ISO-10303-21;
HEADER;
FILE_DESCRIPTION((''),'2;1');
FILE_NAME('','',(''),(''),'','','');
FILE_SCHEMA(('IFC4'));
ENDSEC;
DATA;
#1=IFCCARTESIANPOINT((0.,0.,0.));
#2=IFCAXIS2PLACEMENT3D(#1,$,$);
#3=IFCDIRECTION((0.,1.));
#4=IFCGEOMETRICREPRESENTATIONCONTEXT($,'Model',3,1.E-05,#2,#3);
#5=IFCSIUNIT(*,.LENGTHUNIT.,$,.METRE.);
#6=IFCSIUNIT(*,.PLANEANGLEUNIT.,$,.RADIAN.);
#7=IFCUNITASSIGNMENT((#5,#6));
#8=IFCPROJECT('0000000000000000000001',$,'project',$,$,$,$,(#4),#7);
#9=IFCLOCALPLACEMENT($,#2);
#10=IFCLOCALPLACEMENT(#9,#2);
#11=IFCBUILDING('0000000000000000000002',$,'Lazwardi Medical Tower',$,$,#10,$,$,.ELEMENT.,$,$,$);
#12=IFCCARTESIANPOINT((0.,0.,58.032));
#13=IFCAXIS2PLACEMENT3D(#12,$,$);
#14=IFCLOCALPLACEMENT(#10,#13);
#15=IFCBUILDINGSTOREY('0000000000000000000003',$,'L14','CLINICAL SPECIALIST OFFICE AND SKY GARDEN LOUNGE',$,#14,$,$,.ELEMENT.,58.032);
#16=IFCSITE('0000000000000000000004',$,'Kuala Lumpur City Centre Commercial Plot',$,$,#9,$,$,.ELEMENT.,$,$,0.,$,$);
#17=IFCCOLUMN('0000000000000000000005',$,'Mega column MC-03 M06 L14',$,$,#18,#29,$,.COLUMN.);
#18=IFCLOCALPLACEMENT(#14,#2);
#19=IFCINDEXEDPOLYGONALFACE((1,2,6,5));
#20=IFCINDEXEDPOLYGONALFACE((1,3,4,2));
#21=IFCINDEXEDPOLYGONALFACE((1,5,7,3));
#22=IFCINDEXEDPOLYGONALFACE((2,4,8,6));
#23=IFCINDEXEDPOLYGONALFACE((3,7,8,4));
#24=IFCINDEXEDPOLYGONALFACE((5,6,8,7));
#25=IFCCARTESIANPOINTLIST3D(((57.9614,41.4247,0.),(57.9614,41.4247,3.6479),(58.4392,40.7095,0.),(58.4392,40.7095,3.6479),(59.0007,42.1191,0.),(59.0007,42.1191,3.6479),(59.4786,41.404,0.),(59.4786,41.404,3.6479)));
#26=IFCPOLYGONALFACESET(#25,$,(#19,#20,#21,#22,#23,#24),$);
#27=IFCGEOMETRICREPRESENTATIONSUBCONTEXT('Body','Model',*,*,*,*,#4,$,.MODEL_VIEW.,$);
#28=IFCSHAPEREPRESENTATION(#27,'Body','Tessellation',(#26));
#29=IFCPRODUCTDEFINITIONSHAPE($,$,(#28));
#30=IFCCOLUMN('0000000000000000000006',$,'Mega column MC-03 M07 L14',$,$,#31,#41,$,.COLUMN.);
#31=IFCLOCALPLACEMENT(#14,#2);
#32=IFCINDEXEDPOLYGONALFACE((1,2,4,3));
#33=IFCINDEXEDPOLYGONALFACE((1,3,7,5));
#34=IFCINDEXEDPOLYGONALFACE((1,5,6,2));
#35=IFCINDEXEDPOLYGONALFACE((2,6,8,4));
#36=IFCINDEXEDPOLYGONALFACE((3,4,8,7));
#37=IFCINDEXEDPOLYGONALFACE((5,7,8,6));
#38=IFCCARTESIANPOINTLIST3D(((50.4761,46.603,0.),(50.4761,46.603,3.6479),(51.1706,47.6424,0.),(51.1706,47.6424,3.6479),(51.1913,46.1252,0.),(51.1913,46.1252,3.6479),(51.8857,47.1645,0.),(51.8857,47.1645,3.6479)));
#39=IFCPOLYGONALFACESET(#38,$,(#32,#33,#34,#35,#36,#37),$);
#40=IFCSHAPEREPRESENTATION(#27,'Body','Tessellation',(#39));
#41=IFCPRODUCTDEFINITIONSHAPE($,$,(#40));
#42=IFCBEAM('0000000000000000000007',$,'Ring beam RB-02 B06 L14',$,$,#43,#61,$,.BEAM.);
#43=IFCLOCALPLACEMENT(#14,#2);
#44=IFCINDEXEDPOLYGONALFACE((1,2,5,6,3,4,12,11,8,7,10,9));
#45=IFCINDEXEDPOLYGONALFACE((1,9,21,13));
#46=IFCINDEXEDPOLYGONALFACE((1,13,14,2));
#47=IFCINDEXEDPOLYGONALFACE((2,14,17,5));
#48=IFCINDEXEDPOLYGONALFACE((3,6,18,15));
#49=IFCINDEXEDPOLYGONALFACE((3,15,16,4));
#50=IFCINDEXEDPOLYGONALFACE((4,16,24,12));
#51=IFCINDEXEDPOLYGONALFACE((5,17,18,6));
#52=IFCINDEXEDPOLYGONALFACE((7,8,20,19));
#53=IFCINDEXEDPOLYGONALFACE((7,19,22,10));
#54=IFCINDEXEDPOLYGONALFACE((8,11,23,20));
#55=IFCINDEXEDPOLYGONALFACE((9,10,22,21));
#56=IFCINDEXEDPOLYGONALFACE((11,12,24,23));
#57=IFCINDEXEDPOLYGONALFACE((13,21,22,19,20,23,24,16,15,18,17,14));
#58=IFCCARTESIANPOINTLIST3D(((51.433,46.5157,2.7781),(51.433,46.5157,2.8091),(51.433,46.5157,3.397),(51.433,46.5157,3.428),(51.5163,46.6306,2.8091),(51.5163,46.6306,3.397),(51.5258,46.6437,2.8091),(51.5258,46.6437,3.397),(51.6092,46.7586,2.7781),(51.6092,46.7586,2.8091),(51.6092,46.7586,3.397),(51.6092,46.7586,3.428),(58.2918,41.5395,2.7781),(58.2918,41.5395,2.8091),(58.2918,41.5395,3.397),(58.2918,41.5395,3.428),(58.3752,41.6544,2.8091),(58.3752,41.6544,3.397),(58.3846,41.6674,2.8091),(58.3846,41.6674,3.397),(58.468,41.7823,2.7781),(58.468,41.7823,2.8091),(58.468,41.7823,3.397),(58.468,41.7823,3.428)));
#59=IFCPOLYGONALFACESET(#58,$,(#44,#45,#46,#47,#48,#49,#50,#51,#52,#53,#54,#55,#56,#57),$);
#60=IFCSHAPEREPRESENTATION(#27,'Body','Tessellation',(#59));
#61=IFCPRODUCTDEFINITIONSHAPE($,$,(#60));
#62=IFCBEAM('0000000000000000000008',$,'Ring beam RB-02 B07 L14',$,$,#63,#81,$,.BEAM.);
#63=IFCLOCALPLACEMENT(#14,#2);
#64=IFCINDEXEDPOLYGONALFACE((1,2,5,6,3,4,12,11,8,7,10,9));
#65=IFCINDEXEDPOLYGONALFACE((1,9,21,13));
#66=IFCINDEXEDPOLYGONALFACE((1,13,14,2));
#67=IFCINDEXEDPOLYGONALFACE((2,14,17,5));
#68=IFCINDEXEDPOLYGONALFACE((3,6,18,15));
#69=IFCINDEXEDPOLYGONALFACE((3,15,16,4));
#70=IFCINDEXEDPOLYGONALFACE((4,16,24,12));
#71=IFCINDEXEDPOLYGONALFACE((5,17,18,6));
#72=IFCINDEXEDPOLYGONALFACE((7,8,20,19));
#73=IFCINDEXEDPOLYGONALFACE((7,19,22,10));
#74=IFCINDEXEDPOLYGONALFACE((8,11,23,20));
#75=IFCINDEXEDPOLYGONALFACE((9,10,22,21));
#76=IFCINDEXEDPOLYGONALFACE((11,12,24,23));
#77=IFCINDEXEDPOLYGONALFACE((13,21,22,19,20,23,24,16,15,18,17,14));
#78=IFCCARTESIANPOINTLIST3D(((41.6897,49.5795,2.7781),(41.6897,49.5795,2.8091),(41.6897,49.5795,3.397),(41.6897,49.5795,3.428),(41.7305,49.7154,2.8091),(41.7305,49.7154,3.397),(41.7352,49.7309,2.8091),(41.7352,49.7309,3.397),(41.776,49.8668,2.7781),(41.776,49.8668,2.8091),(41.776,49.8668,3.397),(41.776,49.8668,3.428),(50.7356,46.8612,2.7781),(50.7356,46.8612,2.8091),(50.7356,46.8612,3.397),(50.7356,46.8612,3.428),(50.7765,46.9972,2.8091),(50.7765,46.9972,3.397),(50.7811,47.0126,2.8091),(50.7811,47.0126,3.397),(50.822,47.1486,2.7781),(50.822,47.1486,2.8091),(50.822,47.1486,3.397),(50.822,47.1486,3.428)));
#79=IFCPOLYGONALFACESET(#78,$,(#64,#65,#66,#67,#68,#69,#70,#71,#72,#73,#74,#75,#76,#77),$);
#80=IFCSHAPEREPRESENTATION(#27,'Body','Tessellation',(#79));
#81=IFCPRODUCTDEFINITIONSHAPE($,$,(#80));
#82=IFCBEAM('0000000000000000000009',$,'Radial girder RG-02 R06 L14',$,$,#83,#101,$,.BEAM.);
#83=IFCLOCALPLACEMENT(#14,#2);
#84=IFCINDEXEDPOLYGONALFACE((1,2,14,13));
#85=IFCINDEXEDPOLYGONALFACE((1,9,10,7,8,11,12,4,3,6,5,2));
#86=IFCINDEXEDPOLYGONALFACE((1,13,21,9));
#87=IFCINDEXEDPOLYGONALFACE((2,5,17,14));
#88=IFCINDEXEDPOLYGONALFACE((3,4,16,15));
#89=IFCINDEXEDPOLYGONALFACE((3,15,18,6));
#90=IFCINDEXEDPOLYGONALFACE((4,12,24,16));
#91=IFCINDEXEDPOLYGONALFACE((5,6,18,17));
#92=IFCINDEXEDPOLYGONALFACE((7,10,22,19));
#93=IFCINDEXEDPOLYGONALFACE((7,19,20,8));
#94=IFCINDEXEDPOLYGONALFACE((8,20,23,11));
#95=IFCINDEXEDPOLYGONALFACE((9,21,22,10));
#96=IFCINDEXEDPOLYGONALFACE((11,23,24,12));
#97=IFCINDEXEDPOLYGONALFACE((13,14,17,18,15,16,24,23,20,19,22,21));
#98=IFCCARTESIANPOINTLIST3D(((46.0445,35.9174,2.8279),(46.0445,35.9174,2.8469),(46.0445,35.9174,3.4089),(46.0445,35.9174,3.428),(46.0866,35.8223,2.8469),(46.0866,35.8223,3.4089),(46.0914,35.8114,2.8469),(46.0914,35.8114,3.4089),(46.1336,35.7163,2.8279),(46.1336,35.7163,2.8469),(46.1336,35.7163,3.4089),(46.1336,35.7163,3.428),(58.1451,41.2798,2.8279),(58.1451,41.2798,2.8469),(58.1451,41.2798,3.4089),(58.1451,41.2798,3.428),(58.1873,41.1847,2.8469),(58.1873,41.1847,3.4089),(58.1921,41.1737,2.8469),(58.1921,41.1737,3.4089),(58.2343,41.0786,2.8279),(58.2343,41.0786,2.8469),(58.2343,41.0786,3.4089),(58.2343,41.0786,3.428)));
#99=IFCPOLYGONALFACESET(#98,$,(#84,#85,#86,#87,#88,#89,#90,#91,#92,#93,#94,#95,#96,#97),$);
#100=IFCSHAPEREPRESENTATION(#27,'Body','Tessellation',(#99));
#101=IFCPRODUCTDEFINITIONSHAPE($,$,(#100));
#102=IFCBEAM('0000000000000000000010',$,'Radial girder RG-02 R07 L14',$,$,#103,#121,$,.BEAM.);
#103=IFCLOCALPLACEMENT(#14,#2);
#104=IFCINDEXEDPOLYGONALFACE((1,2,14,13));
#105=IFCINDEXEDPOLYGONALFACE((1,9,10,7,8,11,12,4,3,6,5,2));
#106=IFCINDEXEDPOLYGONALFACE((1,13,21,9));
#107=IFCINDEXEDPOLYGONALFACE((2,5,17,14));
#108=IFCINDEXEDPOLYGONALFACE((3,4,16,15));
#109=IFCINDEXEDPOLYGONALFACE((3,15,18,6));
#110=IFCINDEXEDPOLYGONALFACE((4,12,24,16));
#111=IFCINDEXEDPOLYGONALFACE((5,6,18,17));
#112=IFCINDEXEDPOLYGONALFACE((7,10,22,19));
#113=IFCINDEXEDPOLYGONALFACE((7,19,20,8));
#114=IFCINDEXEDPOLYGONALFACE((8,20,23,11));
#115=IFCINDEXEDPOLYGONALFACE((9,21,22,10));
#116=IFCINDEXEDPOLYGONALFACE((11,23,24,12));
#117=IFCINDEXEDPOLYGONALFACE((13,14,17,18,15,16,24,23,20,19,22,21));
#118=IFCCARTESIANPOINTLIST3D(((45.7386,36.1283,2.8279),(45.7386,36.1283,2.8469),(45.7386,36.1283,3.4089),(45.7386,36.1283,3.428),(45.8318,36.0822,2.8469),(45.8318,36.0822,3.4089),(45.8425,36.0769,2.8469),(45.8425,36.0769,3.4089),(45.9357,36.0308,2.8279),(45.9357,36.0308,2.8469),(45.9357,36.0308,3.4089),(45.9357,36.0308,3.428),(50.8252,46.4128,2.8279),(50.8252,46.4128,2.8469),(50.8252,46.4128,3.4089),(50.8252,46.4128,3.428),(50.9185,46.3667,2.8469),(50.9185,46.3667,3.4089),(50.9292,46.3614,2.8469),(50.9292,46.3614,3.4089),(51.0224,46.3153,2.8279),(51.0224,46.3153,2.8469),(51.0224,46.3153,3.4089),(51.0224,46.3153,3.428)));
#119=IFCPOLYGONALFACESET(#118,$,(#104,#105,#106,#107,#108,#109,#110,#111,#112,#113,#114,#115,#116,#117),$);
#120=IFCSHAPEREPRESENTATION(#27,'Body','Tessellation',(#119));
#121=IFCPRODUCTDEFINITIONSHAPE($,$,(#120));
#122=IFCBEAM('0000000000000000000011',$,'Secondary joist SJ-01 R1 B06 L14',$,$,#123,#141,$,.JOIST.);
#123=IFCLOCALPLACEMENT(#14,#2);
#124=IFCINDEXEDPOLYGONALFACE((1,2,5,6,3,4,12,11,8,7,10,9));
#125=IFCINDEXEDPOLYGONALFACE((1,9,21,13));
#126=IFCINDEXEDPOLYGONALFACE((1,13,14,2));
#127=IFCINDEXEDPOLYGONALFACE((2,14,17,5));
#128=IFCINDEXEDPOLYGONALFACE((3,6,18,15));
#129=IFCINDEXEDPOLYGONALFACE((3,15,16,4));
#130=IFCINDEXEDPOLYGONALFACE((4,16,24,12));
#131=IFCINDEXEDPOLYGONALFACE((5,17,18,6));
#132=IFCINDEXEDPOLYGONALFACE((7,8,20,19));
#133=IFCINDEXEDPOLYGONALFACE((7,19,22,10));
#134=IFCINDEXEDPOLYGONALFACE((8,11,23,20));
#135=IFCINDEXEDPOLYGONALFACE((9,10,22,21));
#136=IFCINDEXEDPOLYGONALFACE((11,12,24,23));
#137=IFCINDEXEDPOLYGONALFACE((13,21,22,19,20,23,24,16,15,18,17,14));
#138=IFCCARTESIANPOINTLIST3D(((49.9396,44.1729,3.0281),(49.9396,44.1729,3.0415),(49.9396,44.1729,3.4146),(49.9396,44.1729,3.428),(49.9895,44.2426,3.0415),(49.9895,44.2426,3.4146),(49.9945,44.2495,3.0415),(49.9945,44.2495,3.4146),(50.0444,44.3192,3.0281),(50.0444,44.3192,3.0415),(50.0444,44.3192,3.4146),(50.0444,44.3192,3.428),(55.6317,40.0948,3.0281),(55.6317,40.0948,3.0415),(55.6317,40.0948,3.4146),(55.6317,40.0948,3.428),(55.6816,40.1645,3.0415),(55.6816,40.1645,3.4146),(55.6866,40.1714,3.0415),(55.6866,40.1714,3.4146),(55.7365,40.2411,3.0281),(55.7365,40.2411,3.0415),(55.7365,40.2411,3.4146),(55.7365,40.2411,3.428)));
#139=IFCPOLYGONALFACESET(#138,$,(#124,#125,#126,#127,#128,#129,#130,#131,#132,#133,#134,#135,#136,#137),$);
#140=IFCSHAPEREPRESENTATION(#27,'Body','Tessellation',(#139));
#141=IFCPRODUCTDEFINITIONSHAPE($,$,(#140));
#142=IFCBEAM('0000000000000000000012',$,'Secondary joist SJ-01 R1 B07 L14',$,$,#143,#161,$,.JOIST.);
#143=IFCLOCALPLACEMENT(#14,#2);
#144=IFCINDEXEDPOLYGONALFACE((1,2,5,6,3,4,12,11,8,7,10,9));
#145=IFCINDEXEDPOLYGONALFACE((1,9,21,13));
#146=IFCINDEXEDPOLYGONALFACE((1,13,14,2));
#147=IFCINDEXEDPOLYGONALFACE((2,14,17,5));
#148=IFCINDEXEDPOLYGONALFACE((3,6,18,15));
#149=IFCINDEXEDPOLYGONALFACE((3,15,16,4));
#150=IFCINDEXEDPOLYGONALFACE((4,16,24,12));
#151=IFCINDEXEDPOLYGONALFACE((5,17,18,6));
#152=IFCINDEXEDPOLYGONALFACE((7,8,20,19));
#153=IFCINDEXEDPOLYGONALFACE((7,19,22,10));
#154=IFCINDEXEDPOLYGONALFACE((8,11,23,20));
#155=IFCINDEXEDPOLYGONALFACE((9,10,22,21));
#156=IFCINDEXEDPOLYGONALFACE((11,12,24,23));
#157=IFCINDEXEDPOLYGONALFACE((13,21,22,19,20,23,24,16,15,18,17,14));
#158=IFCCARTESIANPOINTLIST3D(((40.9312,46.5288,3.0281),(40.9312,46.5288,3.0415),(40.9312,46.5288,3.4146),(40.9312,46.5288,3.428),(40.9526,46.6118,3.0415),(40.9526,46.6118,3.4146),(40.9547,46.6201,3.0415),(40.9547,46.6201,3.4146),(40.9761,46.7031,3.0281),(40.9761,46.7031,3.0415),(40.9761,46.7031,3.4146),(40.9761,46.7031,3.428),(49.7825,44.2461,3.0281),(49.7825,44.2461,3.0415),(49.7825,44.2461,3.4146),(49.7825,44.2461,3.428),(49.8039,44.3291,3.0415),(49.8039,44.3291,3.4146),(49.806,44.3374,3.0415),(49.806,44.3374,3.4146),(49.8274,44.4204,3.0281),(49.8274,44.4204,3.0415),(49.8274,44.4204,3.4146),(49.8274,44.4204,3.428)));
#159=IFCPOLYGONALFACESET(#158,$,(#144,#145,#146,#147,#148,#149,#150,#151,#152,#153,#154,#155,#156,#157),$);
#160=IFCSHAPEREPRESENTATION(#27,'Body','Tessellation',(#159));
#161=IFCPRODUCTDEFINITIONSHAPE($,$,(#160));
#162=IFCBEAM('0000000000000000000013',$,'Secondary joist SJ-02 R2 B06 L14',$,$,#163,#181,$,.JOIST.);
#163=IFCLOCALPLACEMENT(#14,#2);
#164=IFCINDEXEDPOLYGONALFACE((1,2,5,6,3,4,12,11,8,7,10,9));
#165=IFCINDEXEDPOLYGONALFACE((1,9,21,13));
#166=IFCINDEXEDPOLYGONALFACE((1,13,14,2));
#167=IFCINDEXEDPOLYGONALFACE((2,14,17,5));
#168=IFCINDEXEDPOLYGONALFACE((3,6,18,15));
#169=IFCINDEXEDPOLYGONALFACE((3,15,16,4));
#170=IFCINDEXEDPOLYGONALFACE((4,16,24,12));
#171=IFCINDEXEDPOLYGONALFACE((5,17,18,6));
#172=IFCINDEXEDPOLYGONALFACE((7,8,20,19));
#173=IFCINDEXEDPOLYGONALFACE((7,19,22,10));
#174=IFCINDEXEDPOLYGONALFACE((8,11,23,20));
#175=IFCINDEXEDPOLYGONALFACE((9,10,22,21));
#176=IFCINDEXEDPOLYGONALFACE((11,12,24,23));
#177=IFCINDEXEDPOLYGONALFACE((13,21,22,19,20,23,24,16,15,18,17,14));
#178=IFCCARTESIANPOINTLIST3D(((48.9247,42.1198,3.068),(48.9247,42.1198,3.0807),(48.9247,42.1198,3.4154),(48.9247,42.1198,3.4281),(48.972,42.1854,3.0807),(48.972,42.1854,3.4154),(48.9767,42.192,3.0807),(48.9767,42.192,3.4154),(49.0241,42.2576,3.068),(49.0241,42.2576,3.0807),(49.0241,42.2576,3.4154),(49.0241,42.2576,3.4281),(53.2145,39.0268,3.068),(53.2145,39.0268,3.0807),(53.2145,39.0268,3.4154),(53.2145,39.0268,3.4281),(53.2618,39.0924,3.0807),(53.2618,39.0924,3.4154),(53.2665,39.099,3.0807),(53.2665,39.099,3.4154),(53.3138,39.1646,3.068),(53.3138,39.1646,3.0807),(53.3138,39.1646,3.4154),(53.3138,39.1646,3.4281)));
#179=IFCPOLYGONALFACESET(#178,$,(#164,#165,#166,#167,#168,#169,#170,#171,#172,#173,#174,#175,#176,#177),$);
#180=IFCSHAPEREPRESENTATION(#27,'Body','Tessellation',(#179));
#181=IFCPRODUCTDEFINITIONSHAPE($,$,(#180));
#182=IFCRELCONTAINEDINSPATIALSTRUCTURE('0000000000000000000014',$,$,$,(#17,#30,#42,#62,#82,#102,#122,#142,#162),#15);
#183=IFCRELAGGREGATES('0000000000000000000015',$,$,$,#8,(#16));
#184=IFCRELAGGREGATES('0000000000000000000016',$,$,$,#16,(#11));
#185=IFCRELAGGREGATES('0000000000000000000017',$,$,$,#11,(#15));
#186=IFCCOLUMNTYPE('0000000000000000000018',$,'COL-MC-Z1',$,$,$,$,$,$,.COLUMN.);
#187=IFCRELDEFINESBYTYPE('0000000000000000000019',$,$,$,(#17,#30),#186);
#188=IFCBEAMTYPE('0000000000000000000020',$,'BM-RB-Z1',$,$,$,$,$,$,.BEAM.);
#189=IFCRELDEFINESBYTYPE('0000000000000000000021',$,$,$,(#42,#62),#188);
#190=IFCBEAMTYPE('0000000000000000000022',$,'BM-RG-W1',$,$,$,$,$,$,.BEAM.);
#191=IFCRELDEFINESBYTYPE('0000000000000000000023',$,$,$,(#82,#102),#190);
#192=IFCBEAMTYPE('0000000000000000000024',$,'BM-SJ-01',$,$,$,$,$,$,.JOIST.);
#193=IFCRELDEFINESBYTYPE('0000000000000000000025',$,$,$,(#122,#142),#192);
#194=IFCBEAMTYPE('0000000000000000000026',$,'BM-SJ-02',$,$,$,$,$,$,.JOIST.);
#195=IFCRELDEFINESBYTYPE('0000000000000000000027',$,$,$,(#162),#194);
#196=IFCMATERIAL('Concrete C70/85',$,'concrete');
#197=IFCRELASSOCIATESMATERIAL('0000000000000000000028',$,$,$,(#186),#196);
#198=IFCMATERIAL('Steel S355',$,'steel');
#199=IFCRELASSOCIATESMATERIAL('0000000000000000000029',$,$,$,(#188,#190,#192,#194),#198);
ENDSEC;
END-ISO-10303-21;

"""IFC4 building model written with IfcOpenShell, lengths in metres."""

from ifc_helpers import new_model, si_unit, direction, frame, origin, origin_2d, place, context, subcontext, project, spatial, rectangle, i_section, extrude, material, material_profile, profile_set, type_object, element, save


model = new_model("IFC4")

# Units and contexts
model_context = context("Model", 3, precision=1e-05, world=origin(), true_north=direction((0.0, 1.0)))
body_context = subcontext(model_context, "Body", "Model", "MODEL_VIEW")
ifc_project = project(units=[si_unit("LENGTHUNIT", "METRE"), si_unit("PLANEANGLEUNIT", "RADIAN")], contexts=[model_context])

# Site, building, storey
site_placement = place(None, origin())
site = spatial("IfcSite", under=ifc_project, at=site_placement, Name="Kuala Lumpur City Centre Commercial Plot", CompositionType="ELEMENT", RefElevation=0.0)
building_placement = place(site_placement, origin())
building = spatial("IfcBuilding", under=site, at=building_placement, Name="Lazwardi Medical Tower", CompositionType="ELEMENT")
storey_placement = place(building_placement, frame((0.0, 0.0, 58.032)))
storey = spatial("IfcBuildingStorey", under=building, at=storey_placement, Name="L14", Description="CLINICAL SPECIALIST OFFICE AND SKY GARDEN LOUNGE", CompositionType="ELEMENT", Elevation=58.032)

# Columns
ifc_material_1 = material(Name="Concrete C70/85", Category="concrete")
ifc_material_profile_1 = material_profile(ifc_material_1, rectangle(XDim=1.25, YDim=0.8601, at=origin_2d()), Name="CFT-RECT 1250x860")
ifc_profile_set_1 = profile_set([ifc_material_profile_1], Name="Concrete C70/85")
column_type = type_object("IfcColumnType", Name="COL-MC-Z1", PredefinedType="COLUMN", material=ifc_profile_set_1)
for number, where, z_axis, x_axis, name in (
    (1, (58.72, 41.4143, 0.0), (0.0, 0.0, 1.0), (0.83147, 0.55557, 0.0), "Mega column MC-03 M06 L14"),
    (2, (51.1809, 46.8838, 0.0), (0.0, 0.0, 1.0), (0.55557, 0.83147, 0.0), "Mega column MC-03 M07 L14"),
):
    element("IfcColumn", number, at=place(storey_placement, frame(where, z_axis=z_axis, x_axis=x_axis)), inside=storey, type_object=column_type, Name=name, PredefinedType="COLUMN", context=body_context, shape_type="SweptSolid", body=[
        extrude(rectangle(XDim=1.25, YDim=0.8601, at=origin_2d()), origin(), (0.0, 0.0, 1.0), 3.6479),
    ])

# Beams
ifc_material_2 = material(Name="Steel S355", Category="steel")
ifc_material_profile_2 = material_profile(ifc_material_2, i_section(OverallWidth=0.3, OverallDepth=0.6499, WebThickness=0.0161, FlangeThickness=0.031, at=origin_2d()), Name="HEB 650")
ifc_profile_set_2 = profile_set([ifc_material_profile_2], Name="Steel S355")
beam_type_1 = type_object("IfcBeamType", Name="BM-RB-Z1", PredefinedType="BEAM", material=ifc_profile_set_2)
beam_1_placement = place(storey_placement, frame((58.3799, 41.6609, 3.103), z_axis=(-0.809407, 0.587248, 0.0), x_axis=(-0.587248, -0.809407, 0.0)))
element("IfcBeam", 3, at=beam_1_placement, inside=storey, type_object=beam_type_1, Name="Ring beam RB-02 B06 L14", PredefinedType="BEAM", context=body_context, shape_type="SweptSolid", body=[
    extrude(i_section(OverallWidth=0.3, OverallDepth=0.6499, WebThickness=0.0161, FlangeThickness=0.031, at=origin_2d()), origin(), (0.0, 0.0, 1.0), 8.4739),
])
beam_2_placement = place(storey_placement, frame((50.7788, 47.0049, 3.103), z_axis=(-0.957695, 0.287784, 0.0), x_axis=(-0.287784, -0.957695, 0.0)))
element("IfcBeam", 4, at=beam_2_placement, inside=storey, type_object=beam_type_1, Name="Ring beam RB-02 B07 L14", PredefinedType="BEAM", context=body_context, shape_type="SweptSolid", body=[
    extrude(i_section(OverallWidth=0.3, OverallDepth=0.6499, WebThickness=0.0161, FlangeThickness=0.031, at=origin_2d()), origin(), (0.0, 0.0, 1.0), 9.4456),
])
ifc_material_profile_3 = material_profile(ifc_material_2, i_section(OverallWidth=0.22, OverallDepth=0.6001, WebThickness=0.012, FlangeThickness=0.019, at=origin_2d()), Name="IPE 600")
ifc_profile_set_3 = profile_set([ifc_material_profile_3], Name="Steel S355")
beam_type_2 = type_object("IfcBeamType", Name="BM-RG-W1", PredefinedType="BEAM", material=ifc_profile_set_3)
beam_3_placement = place(storey_placement, frame((58.1897, 41.1792, 3.1279), z_axis=(-0.914252, -0.405146, 0.0), x_axis=(0.405146, -0.914252, 0.0)))
element("IfcBeam", 5, at=beam_3_placement, inside=storey, type_object=beam_type_2, Name="Radial girder RG-02 R06 L14", PredefinedType="BEAM", context=body_context, shape_type="SweptSolid", body=[
    extrude(i_section(OverallWidth=0.22, OverallDepth=0.6001, WebThickness=0.012, FlangeThickness=0.019, at=origin_2d()), origin(), (0.0, 0.0, 1.0), 13.2356),
])
beam_4_placement = place(storey_placement, frame((50.9238, 46.364, 3.1279), z_axis=(-0.443337, -0.896355, 0.0), x_axis=(0.896355, -0.443337, 0.0)))
element("IfcBeam", 6, at=beam_4_placement, inside=storey, type_object=beam_type_2, Name="Radial girder RG-02 R07 L14", PredefinedType="BEAM", context=body_context, shape_type="SweptSolid", body=[
    extrude(i_section(OverallWidth=0.22, OverallDepth=0.6001, WebThickness=0.012, FlangeThickness=0.019, at=origin_2d()), origin(), (0.0, 0.0, 1.0), 11.4736),
])
ifc_material_profile_4 = material_profile(ifc_material_2, i_section(OverallWidth=0.1799, OverallDepth=0.3999, WebThickness=0.0085, FlangeThickness=0.0134, at=origin_2d()), Name="IPE 400")
ifc_profile_set_4 = profile_set([ifc_material_profile_4], Name="Steel S355")
beam_type_3 = type_object("IfcBeamType", Name="BM-SJ-01", PredefinedType="JOIST", material=ifc_profile_set_4)
beam_5_placement = place(storey_placement, frame((55.6841, 40.168, 3.228), z_axis=(-0.812901, 0.582402, 0.0), x_axis=(-0.582402, -0.812901, 0.0)))
element("IfcBeam", 7, at=beam_5_placement, inside=storey, type_object=beam_type_3, Name="Secondary joist SJ-01 R1 B06 L14", PredefinedType="JOIST", context=body_context, shape_type="SweptSolid", body=[
    extrude(i_section(OverallWidth=0.1799, OverallDepth=0.3999, WebThickness=0.0085, FlangeThickness=0.0134, at=origin_2d()), origin(), (0.0, 0.0, 1.0), 7.0022),
])
beam_6_placement = place(storey_placement, frame((49.8049, 44.3333, 3.228), z_axis=(-0.968317, 0.249725, 0.0), x_axis=(-0.249725, -0.968317, 0.0)))
element("IfcBeam", 8, at=beam_6_placement, inside=storey, type_object=beam_type_3, Name="Secondary joist SJ-01 R1 B07 L14", PredefinedType="JOIST", context=body_context, shape_type="SweptSolid", body=[
    extrude(i_section(OverallWidth=0.1799, OverallDepth=0.3999, WebThickness=0.0085, FlangeThickness=0.0134, at=origin_2d()), origin(), (0.0, 0.0, 1.0), 9.1409),
])
ifc_material_profile_5 = material_profile(ifc_material_2, i_section(OverallWidth=0.1699, OverallDepth=0.3601, WebThickness=0.0081, FlangeThickness=0.0127, at=origin_2d()), Name="IPE 360")
ifc_profile_set_5 = profile_set([ifc_material_profile_5], Name="Steel S355")
beam_type_4 = type_object("IfcBeamType", Name="BM-SJ-02", PredefinedType="JOIST", material=ifc_profile_set_5)
beam_7_placement = place(storey_placement, frame((53.2642, 39.0957, 3.248), z_axis=(-0.811143, 0.584848, 0.0), x_axis=(-0.584848, -0.811143, 0.0)))
element("IfcBeam", 9, at=beam_7_placement, inside=storey, type_object=beam_type_4, Name="Secondary joist SJ-02 R2 B06 L14", PredefinedType="JOIST", context=body_context, shape_type="SweptSolid", body=[
    extrude(i_section(OverallWidth=0.1699, OverallDepth=0.3601, WebThickness=0.0081, FlangeThickness=0.0127, at=origin_2d()), origin(), (0.0, 0.0, 1.0), 5.2886),
])

save(model, "model.ifc")
